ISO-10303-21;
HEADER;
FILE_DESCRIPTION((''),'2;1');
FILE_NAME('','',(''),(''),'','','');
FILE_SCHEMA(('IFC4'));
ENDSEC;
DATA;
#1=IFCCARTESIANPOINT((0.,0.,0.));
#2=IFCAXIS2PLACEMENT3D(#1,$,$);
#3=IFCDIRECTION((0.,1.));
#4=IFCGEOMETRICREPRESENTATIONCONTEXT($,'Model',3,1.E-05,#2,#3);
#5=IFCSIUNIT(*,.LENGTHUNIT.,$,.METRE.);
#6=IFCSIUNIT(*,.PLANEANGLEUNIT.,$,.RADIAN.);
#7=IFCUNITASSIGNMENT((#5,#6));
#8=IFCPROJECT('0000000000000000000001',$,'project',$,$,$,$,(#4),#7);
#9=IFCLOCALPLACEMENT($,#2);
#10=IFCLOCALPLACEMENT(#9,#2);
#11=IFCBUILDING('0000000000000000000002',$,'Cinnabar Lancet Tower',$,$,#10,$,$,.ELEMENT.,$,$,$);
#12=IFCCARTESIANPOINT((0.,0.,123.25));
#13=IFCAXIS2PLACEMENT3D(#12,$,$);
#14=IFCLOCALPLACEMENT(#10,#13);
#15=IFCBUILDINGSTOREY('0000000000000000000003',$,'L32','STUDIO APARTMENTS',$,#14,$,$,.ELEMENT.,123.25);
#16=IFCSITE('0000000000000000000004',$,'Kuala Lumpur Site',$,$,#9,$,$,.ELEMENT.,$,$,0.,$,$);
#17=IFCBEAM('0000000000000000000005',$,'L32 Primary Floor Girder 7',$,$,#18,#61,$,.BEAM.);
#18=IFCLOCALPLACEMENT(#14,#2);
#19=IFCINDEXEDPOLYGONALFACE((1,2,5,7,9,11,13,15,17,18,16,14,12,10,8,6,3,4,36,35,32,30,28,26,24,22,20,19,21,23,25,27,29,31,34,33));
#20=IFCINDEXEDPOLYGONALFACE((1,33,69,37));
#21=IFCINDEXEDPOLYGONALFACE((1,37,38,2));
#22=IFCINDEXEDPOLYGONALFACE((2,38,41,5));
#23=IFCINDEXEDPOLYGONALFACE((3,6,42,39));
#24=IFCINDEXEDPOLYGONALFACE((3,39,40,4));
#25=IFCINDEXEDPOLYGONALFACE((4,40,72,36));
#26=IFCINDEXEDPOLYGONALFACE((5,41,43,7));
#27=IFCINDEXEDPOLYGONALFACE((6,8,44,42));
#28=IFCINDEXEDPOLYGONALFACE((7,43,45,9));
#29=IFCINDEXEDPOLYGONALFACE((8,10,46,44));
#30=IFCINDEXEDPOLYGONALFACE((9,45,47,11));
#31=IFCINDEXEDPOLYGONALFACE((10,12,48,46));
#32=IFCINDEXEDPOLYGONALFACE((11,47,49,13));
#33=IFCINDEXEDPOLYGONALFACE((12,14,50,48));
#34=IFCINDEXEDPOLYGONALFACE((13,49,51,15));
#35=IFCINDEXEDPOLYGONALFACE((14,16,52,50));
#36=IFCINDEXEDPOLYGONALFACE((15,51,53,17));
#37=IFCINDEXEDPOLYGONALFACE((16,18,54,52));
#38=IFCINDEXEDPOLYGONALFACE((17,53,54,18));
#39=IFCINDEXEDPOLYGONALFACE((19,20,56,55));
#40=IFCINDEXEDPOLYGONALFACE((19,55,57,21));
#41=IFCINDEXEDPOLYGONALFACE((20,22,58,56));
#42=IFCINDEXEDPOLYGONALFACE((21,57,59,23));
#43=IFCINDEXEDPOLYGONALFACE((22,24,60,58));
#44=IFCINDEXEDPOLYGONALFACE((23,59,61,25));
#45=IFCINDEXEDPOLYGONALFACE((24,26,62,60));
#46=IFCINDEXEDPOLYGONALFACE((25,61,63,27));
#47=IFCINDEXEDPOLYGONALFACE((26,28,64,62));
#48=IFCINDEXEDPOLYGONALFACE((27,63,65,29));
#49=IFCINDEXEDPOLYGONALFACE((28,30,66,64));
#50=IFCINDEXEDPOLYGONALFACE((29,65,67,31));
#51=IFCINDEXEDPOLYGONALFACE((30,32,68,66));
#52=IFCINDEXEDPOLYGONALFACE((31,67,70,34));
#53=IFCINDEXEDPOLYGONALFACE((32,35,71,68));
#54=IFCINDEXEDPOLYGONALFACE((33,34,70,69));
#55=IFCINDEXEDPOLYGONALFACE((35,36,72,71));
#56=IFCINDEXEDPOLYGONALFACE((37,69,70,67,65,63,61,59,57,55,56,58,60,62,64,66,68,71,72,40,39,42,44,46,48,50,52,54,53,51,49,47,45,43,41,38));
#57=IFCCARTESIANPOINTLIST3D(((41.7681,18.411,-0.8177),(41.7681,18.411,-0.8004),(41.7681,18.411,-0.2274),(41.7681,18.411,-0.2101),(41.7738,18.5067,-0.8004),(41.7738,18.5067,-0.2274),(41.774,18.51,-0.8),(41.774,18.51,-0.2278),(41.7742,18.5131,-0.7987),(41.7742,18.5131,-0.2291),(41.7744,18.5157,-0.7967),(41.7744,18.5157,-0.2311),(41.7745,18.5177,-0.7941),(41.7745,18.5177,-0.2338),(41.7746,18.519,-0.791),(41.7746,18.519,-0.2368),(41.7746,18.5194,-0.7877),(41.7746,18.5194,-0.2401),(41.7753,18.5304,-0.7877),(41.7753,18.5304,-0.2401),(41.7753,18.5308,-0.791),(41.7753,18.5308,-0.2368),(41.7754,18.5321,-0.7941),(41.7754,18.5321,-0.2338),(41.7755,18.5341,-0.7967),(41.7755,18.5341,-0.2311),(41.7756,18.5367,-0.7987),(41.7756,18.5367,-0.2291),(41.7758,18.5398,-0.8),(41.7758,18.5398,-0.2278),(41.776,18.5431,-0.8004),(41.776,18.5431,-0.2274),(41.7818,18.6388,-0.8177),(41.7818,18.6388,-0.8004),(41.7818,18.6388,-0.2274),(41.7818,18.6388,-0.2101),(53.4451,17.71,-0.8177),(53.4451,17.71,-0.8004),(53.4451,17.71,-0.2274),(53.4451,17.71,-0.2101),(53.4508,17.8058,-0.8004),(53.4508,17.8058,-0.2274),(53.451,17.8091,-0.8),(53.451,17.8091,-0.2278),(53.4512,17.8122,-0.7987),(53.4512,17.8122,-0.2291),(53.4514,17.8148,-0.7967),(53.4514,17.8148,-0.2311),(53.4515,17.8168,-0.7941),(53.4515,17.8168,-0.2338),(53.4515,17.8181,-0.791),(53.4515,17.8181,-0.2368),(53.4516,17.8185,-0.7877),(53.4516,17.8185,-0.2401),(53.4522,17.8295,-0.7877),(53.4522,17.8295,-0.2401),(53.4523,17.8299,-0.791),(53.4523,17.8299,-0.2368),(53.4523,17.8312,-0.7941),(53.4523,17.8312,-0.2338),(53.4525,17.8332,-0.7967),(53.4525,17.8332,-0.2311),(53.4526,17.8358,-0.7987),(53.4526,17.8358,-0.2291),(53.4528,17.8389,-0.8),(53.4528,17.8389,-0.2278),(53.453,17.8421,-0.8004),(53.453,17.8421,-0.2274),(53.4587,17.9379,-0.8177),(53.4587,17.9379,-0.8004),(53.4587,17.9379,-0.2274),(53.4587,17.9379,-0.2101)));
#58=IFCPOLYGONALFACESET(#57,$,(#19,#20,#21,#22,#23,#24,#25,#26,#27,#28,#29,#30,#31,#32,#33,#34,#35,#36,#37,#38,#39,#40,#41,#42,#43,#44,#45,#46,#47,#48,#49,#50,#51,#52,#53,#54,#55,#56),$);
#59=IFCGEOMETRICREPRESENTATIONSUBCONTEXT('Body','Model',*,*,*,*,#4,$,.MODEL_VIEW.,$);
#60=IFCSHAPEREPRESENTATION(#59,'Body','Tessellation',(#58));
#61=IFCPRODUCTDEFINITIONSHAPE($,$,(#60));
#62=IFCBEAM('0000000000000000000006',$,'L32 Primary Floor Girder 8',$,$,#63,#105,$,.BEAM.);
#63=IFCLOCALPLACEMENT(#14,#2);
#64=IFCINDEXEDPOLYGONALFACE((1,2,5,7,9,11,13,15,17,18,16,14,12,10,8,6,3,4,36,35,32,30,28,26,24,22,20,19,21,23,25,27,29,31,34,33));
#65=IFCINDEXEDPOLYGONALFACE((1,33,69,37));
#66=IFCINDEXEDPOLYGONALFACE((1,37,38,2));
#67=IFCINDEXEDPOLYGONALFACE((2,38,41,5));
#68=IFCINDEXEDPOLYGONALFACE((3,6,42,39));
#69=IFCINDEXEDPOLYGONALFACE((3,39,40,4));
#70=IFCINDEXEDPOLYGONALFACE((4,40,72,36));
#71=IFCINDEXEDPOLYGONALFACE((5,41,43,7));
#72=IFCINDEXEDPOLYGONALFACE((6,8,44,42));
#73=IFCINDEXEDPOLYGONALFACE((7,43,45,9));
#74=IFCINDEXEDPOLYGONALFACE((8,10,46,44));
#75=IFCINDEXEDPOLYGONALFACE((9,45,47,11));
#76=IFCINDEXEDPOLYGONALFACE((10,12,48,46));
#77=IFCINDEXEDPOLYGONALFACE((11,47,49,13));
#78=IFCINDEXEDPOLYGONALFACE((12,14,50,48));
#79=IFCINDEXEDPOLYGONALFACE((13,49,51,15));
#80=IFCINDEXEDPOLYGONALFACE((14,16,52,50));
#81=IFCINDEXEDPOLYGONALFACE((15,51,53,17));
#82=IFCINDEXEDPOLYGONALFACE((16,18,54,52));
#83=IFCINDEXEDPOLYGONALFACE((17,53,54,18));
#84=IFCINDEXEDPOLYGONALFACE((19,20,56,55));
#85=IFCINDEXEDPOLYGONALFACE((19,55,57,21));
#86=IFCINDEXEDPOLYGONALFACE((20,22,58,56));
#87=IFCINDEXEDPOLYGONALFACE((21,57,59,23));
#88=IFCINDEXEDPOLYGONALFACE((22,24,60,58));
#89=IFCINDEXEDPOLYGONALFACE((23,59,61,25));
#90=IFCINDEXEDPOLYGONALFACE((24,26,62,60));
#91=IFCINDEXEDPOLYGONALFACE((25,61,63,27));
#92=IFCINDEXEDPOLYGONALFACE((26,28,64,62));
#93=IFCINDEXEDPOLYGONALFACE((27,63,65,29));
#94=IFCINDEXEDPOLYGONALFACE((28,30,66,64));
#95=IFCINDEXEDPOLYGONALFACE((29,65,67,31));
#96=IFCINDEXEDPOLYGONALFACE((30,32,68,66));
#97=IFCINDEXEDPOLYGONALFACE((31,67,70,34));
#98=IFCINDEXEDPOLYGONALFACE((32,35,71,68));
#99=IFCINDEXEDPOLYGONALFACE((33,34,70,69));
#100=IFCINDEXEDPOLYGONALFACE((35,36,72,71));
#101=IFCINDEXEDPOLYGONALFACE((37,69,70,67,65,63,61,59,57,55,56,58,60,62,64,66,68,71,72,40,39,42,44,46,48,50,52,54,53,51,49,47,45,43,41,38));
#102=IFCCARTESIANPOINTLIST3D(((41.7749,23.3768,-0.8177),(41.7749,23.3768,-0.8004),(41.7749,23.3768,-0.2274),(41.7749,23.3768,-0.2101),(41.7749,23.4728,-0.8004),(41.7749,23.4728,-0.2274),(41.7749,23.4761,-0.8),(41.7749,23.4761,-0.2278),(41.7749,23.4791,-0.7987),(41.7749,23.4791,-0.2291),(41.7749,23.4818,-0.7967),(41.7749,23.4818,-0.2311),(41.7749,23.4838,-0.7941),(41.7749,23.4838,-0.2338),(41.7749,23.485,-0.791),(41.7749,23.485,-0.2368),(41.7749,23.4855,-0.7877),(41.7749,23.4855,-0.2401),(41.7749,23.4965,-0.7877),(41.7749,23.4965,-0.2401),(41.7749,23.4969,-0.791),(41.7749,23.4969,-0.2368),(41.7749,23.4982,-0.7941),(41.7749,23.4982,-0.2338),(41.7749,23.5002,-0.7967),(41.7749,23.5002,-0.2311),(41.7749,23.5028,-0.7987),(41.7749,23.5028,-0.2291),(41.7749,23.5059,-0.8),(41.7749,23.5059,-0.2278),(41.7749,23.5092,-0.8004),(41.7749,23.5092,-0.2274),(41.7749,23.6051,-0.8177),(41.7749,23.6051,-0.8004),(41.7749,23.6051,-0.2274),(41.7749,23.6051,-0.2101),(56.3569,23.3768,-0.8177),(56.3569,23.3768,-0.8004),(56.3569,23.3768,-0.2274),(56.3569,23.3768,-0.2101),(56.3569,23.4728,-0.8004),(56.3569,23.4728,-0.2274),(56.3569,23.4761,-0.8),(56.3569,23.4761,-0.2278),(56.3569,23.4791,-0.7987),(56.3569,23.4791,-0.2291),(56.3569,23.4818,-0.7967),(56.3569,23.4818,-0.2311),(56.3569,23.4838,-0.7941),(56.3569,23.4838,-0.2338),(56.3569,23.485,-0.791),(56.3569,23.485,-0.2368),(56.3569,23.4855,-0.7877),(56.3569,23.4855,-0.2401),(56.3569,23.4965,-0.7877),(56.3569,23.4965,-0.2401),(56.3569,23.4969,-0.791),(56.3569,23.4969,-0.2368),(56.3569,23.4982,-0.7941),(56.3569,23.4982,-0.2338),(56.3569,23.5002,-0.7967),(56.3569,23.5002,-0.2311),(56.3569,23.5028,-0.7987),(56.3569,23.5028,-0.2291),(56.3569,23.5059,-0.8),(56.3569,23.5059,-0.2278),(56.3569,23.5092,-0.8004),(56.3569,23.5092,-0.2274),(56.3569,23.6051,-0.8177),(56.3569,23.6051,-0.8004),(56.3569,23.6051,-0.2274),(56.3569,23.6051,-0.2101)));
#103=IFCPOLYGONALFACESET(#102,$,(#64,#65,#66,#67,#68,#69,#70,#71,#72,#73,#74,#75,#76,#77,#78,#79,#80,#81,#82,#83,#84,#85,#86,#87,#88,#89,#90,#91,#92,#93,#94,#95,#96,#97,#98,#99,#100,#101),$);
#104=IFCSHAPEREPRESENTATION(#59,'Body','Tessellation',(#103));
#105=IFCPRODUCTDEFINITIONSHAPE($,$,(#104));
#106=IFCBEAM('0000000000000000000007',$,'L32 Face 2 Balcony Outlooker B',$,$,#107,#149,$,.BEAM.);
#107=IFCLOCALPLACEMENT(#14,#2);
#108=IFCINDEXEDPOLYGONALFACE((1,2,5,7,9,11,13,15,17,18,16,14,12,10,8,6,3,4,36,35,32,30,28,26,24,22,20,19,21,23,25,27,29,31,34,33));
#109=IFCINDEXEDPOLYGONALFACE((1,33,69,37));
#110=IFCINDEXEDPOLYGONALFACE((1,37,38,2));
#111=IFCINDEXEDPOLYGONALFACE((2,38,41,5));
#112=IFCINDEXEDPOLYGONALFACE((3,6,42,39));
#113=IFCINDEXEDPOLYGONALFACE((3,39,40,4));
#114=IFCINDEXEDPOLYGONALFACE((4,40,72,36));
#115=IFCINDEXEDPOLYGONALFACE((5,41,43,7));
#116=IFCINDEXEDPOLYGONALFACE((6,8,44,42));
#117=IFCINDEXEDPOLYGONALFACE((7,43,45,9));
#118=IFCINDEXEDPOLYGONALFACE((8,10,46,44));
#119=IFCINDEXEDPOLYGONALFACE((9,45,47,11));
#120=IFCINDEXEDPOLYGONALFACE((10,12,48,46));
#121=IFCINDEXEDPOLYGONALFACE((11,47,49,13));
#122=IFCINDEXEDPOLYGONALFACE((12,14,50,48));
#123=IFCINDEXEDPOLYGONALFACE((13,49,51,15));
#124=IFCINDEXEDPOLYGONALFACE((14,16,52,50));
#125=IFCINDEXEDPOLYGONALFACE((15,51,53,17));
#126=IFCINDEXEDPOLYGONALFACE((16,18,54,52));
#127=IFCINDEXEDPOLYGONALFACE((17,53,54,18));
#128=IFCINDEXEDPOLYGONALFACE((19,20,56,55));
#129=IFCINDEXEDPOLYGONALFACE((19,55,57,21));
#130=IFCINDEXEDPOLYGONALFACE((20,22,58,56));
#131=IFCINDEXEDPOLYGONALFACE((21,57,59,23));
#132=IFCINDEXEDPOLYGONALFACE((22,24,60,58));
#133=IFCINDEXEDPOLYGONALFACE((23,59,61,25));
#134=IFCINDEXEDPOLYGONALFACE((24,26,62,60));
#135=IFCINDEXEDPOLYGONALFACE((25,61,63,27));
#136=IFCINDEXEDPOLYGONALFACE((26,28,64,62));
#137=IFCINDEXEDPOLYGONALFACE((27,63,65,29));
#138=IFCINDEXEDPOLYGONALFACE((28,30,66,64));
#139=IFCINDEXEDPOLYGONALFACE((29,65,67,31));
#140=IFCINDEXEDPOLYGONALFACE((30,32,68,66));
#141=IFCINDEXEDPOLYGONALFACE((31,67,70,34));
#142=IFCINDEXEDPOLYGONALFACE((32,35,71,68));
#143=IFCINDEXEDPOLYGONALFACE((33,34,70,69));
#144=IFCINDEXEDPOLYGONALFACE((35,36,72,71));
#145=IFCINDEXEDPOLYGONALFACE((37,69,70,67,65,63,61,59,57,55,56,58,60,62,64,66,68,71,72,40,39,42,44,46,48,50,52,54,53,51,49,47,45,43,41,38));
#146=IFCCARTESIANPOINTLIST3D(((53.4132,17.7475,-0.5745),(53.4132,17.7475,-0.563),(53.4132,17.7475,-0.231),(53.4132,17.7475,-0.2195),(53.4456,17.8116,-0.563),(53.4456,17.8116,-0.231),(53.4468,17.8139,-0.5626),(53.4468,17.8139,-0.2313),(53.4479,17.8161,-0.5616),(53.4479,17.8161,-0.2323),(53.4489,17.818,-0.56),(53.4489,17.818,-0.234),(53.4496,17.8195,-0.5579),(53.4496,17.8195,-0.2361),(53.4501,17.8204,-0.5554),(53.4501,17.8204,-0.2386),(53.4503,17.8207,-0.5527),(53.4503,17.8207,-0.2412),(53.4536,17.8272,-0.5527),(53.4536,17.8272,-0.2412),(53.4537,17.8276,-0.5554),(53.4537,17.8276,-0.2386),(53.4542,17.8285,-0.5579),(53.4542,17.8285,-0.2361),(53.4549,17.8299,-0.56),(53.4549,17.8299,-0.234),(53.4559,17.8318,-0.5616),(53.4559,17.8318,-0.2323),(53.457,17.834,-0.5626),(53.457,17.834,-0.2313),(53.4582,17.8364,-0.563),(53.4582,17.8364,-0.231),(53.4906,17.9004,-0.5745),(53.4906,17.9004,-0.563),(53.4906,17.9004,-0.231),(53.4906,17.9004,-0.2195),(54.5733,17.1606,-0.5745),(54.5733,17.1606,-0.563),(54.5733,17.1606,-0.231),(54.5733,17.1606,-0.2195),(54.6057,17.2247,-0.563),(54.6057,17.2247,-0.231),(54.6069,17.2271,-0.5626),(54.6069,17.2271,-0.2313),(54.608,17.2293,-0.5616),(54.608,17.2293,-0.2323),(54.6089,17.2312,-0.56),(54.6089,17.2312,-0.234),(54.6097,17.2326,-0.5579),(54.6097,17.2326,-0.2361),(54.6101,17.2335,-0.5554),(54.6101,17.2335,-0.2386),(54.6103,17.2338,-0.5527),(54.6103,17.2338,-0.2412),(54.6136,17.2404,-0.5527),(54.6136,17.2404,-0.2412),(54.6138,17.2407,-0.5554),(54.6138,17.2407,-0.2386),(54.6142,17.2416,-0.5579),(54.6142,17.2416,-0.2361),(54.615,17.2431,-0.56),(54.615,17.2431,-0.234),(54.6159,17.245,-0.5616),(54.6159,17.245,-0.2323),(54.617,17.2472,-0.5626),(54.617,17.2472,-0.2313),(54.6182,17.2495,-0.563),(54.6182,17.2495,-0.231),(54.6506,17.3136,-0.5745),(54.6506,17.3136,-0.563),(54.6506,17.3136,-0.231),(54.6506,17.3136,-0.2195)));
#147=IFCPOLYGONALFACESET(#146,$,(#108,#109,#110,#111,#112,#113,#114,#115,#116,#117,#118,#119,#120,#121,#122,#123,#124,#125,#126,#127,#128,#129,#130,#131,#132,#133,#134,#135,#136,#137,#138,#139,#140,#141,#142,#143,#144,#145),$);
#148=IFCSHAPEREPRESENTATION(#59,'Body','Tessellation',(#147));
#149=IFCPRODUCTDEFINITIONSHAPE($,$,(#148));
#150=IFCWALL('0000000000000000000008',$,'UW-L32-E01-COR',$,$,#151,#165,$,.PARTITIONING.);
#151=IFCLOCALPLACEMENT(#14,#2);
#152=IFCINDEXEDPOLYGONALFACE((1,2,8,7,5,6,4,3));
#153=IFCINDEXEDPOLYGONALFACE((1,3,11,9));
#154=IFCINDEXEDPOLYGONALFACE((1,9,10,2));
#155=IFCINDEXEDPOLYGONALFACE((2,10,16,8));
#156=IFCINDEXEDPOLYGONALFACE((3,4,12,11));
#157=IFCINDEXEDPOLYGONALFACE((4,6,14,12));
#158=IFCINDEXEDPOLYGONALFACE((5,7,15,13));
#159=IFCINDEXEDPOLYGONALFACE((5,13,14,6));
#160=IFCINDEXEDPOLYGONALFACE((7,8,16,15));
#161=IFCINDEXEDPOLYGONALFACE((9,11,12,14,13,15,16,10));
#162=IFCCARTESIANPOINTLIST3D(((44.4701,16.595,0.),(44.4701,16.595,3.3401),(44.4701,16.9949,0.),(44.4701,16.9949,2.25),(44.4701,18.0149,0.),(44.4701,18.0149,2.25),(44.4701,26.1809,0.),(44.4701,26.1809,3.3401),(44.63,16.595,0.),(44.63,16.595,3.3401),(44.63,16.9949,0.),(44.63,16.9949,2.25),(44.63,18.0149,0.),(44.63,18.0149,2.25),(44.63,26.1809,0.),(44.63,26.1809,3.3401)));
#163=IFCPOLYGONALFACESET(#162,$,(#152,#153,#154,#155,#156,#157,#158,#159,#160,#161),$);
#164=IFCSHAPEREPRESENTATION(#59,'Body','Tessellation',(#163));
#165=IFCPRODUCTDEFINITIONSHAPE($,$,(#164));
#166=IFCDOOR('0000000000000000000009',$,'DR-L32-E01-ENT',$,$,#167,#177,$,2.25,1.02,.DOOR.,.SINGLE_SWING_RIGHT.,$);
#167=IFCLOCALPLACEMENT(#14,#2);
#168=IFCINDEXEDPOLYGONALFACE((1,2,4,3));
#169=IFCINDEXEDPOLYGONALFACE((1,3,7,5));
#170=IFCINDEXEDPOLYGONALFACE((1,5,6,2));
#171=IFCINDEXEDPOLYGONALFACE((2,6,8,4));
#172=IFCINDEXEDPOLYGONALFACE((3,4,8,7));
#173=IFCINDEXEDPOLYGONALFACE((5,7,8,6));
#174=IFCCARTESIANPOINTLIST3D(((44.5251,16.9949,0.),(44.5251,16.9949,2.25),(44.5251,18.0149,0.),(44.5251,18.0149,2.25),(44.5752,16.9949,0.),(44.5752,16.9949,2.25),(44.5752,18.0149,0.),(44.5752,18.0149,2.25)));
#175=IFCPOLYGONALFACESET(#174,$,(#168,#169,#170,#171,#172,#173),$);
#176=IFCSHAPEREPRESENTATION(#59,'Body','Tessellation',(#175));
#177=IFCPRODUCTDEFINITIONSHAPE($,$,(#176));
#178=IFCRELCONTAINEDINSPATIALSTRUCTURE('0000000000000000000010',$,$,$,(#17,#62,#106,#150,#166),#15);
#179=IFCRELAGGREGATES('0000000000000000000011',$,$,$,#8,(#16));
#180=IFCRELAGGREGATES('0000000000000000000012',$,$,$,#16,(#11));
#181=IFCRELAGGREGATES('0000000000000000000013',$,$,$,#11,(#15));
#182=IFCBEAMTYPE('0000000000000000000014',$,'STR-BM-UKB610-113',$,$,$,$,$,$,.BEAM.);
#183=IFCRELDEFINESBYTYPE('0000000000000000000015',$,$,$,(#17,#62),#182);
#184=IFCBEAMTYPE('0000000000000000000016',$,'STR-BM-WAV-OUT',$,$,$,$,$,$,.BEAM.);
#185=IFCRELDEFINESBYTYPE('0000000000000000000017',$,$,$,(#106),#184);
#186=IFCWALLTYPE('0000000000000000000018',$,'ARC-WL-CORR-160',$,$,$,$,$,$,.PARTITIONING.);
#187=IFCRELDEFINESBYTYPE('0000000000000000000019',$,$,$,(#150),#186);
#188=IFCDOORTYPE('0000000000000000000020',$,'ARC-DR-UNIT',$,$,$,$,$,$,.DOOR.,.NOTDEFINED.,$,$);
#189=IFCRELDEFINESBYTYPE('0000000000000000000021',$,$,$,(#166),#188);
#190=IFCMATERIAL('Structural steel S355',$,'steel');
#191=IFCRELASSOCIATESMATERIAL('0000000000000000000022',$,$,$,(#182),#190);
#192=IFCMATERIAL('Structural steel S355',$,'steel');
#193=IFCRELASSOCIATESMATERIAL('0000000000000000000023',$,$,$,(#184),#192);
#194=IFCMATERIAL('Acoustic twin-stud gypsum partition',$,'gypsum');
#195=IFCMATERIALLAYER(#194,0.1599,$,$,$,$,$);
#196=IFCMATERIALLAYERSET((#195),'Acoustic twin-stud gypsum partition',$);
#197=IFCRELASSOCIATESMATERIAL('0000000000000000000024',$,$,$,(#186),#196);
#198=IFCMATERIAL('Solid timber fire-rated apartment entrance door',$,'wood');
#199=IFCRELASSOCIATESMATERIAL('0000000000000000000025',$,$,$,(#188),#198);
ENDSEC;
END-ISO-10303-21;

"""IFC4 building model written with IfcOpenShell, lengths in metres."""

from ifc_helpers import new_model, si_unit, direction, frame, frame_2d, origin, origin_2d, place, context, subcontext, project, spatial, rectangle, i_section, extrude, material, layer, layer_set, material_profile, profile_set, type_object, element, fill, save


model = new_model("IFC4")

# Units and contexts
model_context = context("Model", 3, precision=1e-05, world=origin(), true_north=direction((0.0, 1.0)))
body_context = subcontext(model_context, "Body", "Model", "MODEL_VIEW")
ifc_project = project(units=[si_unit("LENGTHUNIT", "METRE"), si_unit("PLANEANGLEUNIT", "RADIAN")], contexts=[model_context])

# Site, building, storey
site_placement = place(None, origin())
site = spatial("IfcSite", under=ifc_project, at=site_placement, Name="Kuala Lumpur Site", CompositionType="ELEMENT", RefElevation=0.0)
building_placement = place(site_placement, origin())
building = spatial("IfcBuilding", under=site, at=building_placement, Name="Cinnabar Lancet Tower", CompositionType="ELEMENT")
storey_placement = place(building_placement, frame((0.0, 0.0, 123.25)))
storey = spatial("IfcBuildingStorey", under=building, at=storey_placement, Name="L32", Description="STUDIO APARTMENTS", CompositionType="ELEMENT", Elevation=123.25)

# Beams
ifc_material_1 = material(Name="Structural steel S355", Category="steel")
ifc_material_profile_1 = material_profile(ifc_material_1, i_section(OverallWidth=0.2283, OverallDepth=0.6077, WebThickness=0.011, FlangeThickness=0.0173, FilletRadius=0.0127, at=origin_2d()), Name="UKB 610x229x113")
ifc_profile_set_1 = profile_set([ifc_material_profile_1], Name="Structural steel S355")
beam_type_1 = type_object("IfcBeamType", Name="STR-BM-UKB610-113", PredefinedType="BEAM", material=ifc_profile_set_1)
beam_1_placement = place(storey_placement, frame((53.4519, 17.824, -0.5139), z_axis=(-0.998203, 0.059918, 0.0), x_axis=(-0.059918, -0.998203, 0.0)))
element("IfcBeam", 1, at=beam_1_placement, inside=storey, type_object=beam_type_1, Name="L32 Primary Floor Girder 7", PredefinedType="BEAM", context=body_context, shape_type="SweptSolid", body=[
    extrude(i_section(OverallWidth=0.2283, OverallDepth=0.6077, WebThickness=0.011, FlangeThickness=0.0173, FilletRadius=0.0127, at=origin_2d()), origin(), (0.0, 0.0, 1.0), 11.698),
])
beam_2_placement = place(storey_placement, frame((56.3569, 23.491, -0.5139), z_axis=(-1.0, 0.0, 0.0), x_axis=(0.0, -1.0, 0.0)))
element("IfcBeam", 2, at=beam_2_placement, inside=storey, type_object=beam_type_1, Name="L32 Primary Floor Girder 8", PredefinedType="BEAM", context=body_context, shape_type="SweptSolid", body=[
    extrude(i_section(OverallWidth=0.2283, OverallDepth=0.6077, WebThickness=0.011, FlangeThickness=0.0173, FilletRadius=0.0127, at=origin_2d()), origin(), (0.0, 0.0, 1.0), 14.582),
])
ifc_material_2 = material(Name="Structural steel S355", Category="steel")
ifc_material_profile_2 = material_profile(ifc_material_2, i_section(OverallWidth=0.1714, OverallDepth=0.355, WebThickness=0.0073, FlangeThickness=0.0115, FilletRadius=0.0103, at=origin_2d()), Name="UKB 356x171x51")
ifc_profile_set_2 = profile_set([ifc_material_profile_2], Name="Structural steel S355")
beam_type_2 = type_object("IfcBeamType", Name="STR-BM-WAV-OUT", PredefinedType="BEAM", material=ifc_profile_set_2)
beam_3_placement = place(storey_placement, frame((53.4519, 17.824, -0.397), z_axis=(0.892314, -0.451415, 0.0), x_axis=(0.451415, 0.892314, 0.0)))
element("IfcBeam", 3, at=beam_3_placement, inside=storey, type_object=beam_type_2, Name="L32 Face 2 Balcony Outlooker B", PredefinedType="BEAM", context=body_context, shape_type="SweptSolid", body=[
    extrude(i_section(OverallWidth=0.1714, OverallDepth=0.355, WebThickness=0.0073, FlangeThickness=0.0115, FilletRadius=0.0103, at=origin_2d()), origin(), (0.0, 0.0, 1.0), 1.3),
])

# Wall, opening, door
ifc_material_3 = material(Name="Acoustic twin-stud gypsum partition", Category="gypsum")
ifc_layer_1 = layer(ifc_material_3, 0.1599)
ifc_layer_set_1 = layer_set([ifc_layer_1], Name="Acoustic twin-stud gypsum partition")
wall_type_1 = type_object("IfcWallType", Name="ARC-WL-CORR-160", PredefinedType="PARTITIONING", material=ifc_layer_set_1)
wall_1_placement = place(storey_placement, frame((44.55, 16.595, 0.0), z_axis=(0.0, 0.0, 1.0), x_axis=(0.0, 1.0, 0.0)))
wall_1 = element("IfcWall", 4, at=wall_1_placement, inside=storey, type_object=wall_type_1, Name="UW-L32-E01-COR", PredefinedType="PARTITIONING", context=body_context, shape_type="SweptSolid", body=[
    extrude(rectangle(XDim=9.5859, YDim=0.1599, at=frame_2d((4.793, 0.0))), origin(), (0.0, 0.0, 1.0), 3.3401),
])
opening_1_placement = place(wall_1_placement, frame((0.3999, 0.0, 0.0)))
opening_1 = element("IfcOpeningElement", 5, at=opening_1_placement, cuts=wall_1, PredefinedType="OPENING", context=body_context, shape_type="SweptSolid", body=[
    extrude(rectangle(XDim=1.02, YDim=2.25, at=frame_2d((0.51, 1.125))), frame((0.0, 0.0898, 0.0), z_axis=(0.0, -1.0, 0.0), x_axis=(1.0, 0.0, 0.0)), (0.0, 0.0, 1.0), 0.1799),
])
ifc_material_4 = material(Name="Solid timber fire-rated apartment entrance door", Category="wood")
door_type_1 = type_object("IfcDoorType", Name="ARC-DR-UNIT", OperationType="NOTDEFINED", PredefinedType="DOOR", material=ifc_material_4)
door_1_placement = place(opening_1_placement, origin())
door_1 = element("IfcDoor", 6, at=door_1_placement, inside=storey, type_object=door_type_1, Name="DR-L32-E01-ENT", OperationType="SINGLE_SWING_RIGHT", OverallHeight=2.25, OverallWidth=1.02, PredefinedType="DOOR", context=body_context, shape_type="SweptSolid", body=[
    extrude(rectangle(XDim=1.02, YDim=2.25, at=frame_2d((0.51, 1.125))), frame((0.0, 0.0249, 0.0), z_axis=(0.0, -1.0, 0.0), x_axis=(1.0, 0.0, 0.0)), (0.0, 0.0, 1.0), 0.05),
])
fill(opening_1, door_1)

save(model, "model.ifc")
